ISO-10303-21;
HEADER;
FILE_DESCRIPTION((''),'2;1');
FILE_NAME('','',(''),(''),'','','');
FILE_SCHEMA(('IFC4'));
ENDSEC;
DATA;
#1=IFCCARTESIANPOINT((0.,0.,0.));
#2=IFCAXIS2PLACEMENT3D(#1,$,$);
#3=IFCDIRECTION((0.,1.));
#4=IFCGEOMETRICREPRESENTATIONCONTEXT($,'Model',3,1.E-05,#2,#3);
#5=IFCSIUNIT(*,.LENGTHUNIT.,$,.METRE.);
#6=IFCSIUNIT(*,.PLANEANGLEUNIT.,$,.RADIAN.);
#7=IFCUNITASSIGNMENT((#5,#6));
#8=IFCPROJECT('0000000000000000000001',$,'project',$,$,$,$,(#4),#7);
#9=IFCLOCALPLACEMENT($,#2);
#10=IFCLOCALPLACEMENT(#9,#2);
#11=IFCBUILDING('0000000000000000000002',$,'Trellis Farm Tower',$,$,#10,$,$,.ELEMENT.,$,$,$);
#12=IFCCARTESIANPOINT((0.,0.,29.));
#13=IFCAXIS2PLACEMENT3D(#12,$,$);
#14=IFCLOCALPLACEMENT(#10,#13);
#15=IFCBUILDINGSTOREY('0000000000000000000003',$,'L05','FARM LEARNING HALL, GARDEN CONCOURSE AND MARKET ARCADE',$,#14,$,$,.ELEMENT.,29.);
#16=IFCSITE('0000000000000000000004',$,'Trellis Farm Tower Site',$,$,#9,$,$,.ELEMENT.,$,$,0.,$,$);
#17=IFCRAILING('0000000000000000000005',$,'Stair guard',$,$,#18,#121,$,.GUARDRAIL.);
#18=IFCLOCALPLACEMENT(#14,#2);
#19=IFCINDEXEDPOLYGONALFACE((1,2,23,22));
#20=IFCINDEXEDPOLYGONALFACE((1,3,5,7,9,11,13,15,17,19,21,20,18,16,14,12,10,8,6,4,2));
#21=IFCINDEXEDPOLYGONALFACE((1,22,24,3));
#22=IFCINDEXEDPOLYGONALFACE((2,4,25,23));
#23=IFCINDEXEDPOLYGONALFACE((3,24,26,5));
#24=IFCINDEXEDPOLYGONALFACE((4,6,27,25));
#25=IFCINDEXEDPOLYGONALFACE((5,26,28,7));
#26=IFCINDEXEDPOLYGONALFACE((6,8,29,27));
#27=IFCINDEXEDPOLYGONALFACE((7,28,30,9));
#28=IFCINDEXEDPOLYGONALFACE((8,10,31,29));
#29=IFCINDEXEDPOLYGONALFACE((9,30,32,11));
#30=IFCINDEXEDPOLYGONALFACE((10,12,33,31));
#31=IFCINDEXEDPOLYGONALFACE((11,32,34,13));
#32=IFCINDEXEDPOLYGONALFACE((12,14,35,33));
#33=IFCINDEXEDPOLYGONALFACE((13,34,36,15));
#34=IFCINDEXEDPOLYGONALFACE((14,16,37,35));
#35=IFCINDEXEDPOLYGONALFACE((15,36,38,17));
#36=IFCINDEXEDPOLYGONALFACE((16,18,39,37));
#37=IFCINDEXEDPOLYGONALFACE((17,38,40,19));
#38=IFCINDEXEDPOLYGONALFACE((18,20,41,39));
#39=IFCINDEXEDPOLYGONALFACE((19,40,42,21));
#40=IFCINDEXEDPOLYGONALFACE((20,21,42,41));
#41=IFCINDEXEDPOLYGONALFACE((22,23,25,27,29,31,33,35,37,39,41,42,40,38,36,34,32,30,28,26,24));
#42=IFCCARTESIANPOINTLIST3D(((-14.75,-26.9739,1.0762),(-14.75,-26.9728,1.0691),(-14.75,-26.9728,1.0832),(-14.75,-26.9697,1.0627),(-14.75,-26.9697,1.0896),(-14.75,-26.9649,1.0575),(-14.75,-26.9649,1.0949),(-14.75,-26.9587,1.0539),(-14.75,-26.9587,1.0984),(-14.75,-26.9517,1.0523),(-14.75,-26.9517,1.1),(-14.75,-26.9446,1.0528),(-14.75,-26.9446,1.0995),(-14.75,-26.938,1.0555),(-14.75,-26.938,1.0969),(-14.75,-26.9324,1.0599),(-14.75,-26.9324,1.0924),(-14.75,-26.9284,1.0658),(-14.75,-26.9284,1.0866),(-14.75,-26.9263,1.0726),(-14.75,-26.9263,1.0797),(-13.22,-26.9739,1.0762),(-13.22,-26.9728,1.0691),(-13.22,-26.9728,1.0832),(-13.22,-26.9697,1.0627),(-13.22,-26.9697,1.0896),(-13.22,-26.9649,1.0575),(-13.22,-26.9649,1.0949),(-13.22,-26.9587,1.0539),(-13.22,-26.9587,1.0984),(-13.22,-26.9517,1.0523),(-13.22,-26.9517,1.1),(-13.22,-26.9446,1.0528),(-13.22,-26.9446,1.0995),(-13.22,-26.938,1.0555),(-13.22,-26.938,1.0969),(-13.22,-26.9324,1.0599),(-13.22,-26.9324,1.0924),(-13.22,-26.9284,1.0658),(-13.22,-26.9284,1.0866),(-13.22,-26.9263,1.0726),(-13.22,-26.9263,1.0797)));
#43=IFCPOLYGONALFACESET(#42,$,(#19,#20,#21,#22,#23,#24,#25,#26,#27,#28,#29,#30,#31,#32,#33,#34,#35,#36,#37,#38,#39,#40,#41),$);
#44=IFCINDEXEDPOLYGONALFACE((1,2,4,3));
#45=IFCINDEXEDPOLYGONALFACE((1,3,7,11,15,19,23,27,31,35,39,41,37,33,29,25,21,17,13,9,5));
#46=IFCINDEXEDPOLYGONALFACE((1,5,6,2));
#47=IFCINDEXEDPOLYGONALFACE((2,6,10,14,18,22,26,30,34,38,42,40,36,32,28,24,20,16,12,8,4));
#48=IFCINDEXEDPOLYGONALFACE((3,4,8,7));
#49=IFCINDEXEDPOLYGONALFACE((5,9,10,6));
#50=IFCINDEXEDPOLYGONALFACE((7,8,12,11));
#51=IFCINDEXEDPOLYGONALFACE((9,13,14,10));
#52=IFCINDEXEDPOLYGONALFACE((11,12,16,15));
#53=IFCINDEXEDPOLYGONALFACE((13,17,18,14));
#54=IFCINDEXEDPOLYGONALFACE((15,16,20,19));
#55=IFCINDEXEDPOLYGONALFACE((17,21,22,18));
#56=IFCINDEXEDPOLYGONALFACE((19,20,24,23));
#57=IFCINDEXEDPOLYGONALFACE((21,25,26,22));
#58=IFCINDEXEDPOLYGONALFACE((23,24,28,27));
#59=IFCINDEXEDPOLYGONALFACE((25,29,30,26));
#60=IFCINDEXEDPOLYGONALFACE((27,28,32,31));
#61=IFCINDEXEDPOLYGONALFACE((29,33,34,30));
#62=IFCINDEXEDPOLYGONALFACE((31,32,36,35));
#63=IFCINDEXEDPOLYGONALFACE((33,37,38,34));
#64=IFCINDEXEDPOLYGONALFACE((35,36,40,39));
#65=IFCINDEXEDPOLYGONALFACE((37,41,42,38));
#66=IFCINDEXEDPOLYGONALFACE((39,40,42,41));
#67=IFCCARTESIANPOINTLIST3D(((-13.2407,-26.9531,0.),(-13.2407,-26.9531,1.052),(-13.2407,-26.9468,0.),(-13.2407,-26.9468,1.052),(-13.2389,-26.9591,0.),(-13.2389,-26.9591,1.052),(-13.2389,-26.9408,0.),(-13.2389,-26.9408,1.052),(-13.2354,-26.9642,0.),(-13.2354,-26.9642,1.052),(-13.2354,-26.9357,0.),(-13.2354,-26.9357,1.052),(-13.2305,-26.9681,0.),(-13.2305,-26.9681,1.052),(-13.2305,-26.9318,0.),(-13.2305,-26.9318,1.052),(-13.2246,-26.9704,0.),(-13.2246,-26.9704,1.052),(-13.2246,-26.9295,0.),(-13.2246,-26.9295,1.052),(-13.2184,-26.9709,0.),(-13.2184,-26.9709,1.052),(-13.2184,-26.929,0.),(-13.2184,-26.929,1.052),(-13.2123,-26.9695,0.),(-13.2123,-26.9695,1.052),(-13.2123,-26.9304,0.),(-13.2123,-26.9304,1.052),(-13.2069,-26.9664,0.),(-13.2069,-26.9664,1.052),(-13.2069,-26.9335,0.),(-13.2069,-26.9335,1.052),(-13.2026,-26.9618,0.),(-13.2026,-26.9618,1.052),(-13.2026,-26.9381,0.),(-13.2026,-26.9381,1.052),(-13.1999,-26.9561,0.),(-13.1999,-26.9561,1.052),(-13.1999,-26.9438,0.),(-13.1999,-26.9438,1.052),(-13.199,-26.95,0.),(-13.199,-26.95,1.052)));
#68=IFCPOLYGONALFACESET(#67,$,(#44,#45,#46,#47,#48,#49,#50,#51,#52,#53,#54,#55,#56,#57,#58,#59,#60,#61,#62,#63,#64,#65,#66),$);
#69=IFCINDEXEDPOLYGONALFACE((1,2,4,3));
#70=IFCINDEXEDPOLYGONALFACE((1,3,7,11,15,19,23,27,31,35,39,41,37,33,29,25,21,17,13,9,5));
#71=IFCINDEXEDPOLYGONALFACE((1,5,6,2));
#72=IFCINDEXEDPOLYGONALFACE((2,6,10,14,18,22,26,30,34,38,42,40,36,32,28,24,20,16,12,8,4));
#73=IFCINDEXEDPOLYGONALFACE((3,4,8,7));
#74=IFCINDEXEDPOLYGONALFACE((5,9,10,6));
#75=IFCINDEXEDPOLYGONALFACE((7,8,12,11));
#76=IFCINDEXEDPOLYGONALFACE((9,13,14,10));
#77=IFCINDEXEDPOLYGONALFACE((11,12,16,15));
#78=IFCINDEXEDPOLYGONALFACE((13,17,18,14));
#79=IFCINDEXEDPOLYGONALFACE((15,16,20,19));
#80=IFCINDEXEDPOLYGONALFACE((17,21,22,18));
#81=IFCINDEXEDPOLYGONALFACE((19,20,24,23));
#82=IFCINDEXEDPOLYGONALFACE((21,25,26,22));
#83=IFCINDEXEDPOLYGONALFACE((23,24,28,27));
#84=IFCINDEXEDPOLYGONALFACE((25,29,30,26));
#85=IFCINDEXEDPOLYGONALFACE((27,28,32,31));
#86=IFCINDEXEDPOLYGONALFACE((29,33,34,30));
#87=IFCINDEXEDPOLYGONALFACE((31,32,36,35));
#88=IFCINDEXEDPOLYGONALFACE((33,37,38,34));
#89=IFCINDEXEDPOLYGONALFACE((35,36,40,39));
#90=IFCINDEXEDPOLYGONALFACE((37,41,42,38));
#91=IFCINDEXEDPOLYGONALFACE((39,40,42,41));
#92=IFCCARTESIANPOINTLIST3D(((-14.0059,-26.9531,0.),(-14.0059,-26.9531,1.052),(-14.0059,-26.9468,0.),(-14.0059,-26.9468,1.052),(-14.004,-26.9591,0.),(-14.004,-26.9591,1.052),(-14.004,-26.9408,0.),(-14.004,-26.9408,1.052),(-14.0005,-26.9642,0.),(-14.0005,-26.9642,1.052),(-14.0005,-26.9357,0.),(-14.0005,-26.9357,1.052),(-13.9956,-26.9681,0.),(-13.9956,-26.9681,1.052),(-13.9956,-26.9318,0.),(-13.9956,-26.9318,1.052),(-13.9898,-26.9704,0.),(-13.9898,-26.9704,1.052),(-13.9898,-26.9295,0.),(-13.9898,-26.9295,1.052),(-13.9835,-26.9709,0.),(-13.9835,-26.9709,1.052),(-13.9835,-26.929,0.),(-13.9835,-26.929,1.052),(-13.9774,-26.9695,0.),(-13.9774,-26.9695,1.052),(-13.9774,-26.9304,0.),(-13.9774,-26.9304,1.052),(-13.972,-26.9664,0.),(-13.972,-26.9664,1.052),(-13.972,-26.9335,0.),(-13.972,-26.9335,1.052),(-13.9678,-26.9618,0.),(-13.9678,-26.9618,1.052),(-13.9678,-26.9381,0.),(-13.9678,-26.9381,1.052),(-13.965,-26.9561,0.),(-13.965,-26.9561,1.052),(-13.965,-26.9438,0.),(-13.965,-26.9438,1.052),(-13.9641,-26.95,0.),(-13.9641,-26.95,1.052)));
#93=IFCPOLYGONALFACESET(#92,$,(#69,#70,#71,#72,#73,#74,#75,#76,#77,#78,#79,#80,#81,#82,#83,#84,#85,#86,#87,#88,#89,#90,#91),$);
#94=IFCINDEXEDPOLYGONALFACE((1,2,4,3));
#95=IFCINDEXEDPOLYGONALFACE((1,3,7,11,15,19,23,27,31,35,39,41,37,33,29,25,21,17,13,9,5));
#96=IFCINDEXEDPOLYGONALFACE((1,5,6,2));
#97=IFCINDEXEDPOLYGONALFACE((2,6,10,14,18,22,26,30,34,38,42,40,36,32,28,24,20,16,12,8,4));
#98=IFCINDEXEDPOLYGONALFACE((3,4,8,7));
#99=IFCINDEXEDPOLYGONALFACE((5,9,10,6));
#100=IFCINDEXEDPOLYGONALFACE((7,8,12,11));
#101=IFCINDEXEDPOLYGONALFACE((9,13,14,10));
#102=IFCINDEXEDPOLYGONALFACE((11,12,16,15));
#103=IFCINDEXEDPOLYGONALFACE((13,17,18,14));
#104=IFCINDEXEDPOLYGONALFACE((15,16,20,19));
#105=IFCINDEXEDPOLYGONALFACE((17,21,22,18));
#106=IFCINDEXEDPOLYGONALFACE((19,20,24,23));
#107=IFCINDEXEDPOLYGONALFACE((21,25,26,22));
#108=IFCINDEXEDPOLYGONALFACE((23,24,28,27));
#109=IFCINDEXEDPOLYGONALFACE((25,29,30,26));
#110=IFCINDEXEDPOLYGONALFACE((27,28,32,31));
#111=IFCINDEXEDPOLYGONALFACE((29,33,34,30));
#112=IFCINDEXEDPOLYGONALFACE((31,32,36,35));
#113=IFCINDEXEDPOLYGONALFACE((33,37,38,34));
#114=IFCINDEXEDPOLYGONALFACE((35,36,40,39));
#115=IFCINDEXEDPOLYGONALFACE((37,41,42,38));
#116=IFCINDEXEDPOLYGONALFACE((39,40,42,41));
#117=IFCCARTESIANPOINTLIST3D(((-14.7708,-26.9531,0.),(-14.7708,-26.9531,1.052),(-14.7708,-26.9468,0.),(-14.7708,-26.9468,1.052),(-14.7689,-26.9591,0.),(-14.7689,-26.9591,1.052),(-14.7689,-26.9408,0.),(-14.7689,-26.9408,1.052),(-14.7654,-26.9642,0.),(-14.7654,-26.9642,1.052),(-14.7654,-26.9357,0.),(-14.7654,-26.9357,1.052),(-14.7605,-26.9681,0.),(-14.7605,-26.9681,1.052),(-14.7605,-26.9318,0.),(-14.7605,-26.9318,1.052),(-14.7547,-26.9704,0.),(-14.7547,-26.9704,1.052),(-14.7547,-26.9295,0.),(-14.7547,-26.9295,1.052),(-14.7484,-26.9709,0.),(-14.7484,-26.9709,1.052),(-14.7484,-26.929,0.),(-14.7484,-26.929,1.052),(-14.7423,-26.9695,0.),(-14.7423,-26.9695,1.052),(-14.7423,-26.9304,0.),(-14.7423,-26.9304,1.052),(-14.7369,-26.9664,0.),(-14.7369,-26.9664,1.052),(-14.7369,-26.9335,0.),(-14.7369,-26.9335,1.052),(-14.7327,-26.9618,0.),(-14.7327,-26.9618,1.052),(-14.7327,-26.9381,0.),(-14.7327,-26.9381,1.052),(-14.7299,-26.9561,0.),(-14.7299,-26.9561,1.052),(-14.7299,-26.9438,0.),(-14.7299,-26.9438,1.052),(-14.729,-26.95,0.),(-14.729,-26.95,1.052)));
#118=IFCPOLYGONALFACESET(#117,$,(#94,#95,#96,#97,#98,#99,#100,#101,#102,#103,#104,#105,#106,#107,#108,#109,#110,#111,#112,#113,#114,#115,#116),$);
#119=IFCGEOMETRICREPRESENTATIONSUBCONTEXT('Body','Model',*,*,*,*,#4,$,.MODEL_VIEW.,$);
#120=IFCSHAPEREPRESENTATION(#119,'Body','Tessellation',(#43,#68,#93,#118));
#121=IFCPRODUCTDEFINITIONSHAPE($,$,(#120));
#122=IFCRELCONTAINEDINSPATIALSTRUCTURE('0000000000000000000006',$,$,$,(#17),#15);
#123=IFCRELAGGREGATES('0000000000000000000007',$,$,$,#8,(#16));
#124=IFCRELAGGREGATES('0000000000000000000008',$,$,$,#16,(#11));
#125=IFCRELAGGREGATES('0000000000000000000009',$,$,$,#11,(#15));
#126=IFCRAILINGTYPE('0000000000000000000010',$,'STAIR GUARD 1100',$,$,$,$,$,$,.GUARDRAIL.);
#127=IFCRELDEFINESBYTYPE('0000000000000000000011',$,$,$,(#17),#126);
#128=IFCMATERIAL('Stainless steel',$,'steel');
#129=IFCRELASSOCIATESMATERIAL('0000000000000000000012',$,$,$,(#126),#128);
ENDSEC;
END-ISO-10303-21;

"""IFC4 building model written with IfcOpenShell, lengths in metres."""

from ifc_helpers import new_model, si_unit, direction, frame, origin, origin_2d, place, context, subcontext, project, spatial, circle, extrude, source, transform, mapped, material, type_object, element, save


model = new_model("IFC4")

# Units and contexts
model_context = context("Model", 3, precision=1e-05, world=origin(), true_north=direction((0.0, 1.0)))
body_context = subcontext(model_context, "Body", "Model", "MODEL_VIEW")
ifc_project = project(units=[si_unit("LENGTHUNIT", "METRE"), si_unit("PLANEANGLEUNIT", "RADIAN")], contexts=[model_context])

# Site, building, storey
site_placement = place(None, origin())
site = spatial("IfcSite", under=ifc_project, at=site_placement, Name="Trellis Farm Tower Site", CompositionType="ELEMENT", RefElevation=0.0)
building_placement = place(site_placement, origin())
building = spatial("IfcBuilding", under=site, at=building_placement, Name="Trellis Farm Tower", CompositionType="ELEMENT")
storey_placement = place(building_placement, frame((0.0, 0.0, 29.0)))
storey = spatial("IfcBuildingStorey", under=building, at=storey_placement, Name="L05", Description="FARM LEARNING HALL, GARDEN CONCOURSE AND MARKET ARCADE", CompositionType="ELEMENT", Elevation=29.0)

# Railing
ifc_material_1 = material(Name="Stainless steel", Category="steel")
railing_type = type_object("IfcRailingType", Name="STAIR GUARD 1100", PredefinedType="GUARDRAIL", material=ifc_material_1)
shared_shape_1 = source(origin(), body_context, "Body", "SweptSolid", [
    extrude(circle(Radius=0.0239, at=origin_2d()), frame((0.0, 0.0, 1.0762), z_axis=(-1.0, 0.0, 0.0), x_axis=(0.0, -1.0, 0.0)), (0.0, 0.0, 1.0), 1.53),
    extrude(circle(Radius=0.021, at=origin_2d()), origin(), (0.0, 0.0, 1.0), 1.052),
    extrude(circle(Radius=0.021, at=origin_2d()), frame((-0.7651, 0.0, 0.0)), (0.0, 0.0, 1.0), 1.052),
    extrude(circle(Radius=0.021, at=origin_2d()), frame((-1.53, 0.0, 0.0)), (0.0, 0.0, 1.0), 1.052),
])
for number, where, name in (
    (1, (-13.22, -26.95, 0.0), "Stair guard"),
):
    element("IfcRailing", number, at=place(storey_placement, frame(where)), inside=storey, type_object=railing_type, Name=name, PredefinedType="GUARDRAIL", context=body_context, shape_type="MappedRepresentation", body=[
        mapped(shared_shape_1, transform((0.0, 0.0, 0.0))),
    ])

save(model, "model.ifc")
